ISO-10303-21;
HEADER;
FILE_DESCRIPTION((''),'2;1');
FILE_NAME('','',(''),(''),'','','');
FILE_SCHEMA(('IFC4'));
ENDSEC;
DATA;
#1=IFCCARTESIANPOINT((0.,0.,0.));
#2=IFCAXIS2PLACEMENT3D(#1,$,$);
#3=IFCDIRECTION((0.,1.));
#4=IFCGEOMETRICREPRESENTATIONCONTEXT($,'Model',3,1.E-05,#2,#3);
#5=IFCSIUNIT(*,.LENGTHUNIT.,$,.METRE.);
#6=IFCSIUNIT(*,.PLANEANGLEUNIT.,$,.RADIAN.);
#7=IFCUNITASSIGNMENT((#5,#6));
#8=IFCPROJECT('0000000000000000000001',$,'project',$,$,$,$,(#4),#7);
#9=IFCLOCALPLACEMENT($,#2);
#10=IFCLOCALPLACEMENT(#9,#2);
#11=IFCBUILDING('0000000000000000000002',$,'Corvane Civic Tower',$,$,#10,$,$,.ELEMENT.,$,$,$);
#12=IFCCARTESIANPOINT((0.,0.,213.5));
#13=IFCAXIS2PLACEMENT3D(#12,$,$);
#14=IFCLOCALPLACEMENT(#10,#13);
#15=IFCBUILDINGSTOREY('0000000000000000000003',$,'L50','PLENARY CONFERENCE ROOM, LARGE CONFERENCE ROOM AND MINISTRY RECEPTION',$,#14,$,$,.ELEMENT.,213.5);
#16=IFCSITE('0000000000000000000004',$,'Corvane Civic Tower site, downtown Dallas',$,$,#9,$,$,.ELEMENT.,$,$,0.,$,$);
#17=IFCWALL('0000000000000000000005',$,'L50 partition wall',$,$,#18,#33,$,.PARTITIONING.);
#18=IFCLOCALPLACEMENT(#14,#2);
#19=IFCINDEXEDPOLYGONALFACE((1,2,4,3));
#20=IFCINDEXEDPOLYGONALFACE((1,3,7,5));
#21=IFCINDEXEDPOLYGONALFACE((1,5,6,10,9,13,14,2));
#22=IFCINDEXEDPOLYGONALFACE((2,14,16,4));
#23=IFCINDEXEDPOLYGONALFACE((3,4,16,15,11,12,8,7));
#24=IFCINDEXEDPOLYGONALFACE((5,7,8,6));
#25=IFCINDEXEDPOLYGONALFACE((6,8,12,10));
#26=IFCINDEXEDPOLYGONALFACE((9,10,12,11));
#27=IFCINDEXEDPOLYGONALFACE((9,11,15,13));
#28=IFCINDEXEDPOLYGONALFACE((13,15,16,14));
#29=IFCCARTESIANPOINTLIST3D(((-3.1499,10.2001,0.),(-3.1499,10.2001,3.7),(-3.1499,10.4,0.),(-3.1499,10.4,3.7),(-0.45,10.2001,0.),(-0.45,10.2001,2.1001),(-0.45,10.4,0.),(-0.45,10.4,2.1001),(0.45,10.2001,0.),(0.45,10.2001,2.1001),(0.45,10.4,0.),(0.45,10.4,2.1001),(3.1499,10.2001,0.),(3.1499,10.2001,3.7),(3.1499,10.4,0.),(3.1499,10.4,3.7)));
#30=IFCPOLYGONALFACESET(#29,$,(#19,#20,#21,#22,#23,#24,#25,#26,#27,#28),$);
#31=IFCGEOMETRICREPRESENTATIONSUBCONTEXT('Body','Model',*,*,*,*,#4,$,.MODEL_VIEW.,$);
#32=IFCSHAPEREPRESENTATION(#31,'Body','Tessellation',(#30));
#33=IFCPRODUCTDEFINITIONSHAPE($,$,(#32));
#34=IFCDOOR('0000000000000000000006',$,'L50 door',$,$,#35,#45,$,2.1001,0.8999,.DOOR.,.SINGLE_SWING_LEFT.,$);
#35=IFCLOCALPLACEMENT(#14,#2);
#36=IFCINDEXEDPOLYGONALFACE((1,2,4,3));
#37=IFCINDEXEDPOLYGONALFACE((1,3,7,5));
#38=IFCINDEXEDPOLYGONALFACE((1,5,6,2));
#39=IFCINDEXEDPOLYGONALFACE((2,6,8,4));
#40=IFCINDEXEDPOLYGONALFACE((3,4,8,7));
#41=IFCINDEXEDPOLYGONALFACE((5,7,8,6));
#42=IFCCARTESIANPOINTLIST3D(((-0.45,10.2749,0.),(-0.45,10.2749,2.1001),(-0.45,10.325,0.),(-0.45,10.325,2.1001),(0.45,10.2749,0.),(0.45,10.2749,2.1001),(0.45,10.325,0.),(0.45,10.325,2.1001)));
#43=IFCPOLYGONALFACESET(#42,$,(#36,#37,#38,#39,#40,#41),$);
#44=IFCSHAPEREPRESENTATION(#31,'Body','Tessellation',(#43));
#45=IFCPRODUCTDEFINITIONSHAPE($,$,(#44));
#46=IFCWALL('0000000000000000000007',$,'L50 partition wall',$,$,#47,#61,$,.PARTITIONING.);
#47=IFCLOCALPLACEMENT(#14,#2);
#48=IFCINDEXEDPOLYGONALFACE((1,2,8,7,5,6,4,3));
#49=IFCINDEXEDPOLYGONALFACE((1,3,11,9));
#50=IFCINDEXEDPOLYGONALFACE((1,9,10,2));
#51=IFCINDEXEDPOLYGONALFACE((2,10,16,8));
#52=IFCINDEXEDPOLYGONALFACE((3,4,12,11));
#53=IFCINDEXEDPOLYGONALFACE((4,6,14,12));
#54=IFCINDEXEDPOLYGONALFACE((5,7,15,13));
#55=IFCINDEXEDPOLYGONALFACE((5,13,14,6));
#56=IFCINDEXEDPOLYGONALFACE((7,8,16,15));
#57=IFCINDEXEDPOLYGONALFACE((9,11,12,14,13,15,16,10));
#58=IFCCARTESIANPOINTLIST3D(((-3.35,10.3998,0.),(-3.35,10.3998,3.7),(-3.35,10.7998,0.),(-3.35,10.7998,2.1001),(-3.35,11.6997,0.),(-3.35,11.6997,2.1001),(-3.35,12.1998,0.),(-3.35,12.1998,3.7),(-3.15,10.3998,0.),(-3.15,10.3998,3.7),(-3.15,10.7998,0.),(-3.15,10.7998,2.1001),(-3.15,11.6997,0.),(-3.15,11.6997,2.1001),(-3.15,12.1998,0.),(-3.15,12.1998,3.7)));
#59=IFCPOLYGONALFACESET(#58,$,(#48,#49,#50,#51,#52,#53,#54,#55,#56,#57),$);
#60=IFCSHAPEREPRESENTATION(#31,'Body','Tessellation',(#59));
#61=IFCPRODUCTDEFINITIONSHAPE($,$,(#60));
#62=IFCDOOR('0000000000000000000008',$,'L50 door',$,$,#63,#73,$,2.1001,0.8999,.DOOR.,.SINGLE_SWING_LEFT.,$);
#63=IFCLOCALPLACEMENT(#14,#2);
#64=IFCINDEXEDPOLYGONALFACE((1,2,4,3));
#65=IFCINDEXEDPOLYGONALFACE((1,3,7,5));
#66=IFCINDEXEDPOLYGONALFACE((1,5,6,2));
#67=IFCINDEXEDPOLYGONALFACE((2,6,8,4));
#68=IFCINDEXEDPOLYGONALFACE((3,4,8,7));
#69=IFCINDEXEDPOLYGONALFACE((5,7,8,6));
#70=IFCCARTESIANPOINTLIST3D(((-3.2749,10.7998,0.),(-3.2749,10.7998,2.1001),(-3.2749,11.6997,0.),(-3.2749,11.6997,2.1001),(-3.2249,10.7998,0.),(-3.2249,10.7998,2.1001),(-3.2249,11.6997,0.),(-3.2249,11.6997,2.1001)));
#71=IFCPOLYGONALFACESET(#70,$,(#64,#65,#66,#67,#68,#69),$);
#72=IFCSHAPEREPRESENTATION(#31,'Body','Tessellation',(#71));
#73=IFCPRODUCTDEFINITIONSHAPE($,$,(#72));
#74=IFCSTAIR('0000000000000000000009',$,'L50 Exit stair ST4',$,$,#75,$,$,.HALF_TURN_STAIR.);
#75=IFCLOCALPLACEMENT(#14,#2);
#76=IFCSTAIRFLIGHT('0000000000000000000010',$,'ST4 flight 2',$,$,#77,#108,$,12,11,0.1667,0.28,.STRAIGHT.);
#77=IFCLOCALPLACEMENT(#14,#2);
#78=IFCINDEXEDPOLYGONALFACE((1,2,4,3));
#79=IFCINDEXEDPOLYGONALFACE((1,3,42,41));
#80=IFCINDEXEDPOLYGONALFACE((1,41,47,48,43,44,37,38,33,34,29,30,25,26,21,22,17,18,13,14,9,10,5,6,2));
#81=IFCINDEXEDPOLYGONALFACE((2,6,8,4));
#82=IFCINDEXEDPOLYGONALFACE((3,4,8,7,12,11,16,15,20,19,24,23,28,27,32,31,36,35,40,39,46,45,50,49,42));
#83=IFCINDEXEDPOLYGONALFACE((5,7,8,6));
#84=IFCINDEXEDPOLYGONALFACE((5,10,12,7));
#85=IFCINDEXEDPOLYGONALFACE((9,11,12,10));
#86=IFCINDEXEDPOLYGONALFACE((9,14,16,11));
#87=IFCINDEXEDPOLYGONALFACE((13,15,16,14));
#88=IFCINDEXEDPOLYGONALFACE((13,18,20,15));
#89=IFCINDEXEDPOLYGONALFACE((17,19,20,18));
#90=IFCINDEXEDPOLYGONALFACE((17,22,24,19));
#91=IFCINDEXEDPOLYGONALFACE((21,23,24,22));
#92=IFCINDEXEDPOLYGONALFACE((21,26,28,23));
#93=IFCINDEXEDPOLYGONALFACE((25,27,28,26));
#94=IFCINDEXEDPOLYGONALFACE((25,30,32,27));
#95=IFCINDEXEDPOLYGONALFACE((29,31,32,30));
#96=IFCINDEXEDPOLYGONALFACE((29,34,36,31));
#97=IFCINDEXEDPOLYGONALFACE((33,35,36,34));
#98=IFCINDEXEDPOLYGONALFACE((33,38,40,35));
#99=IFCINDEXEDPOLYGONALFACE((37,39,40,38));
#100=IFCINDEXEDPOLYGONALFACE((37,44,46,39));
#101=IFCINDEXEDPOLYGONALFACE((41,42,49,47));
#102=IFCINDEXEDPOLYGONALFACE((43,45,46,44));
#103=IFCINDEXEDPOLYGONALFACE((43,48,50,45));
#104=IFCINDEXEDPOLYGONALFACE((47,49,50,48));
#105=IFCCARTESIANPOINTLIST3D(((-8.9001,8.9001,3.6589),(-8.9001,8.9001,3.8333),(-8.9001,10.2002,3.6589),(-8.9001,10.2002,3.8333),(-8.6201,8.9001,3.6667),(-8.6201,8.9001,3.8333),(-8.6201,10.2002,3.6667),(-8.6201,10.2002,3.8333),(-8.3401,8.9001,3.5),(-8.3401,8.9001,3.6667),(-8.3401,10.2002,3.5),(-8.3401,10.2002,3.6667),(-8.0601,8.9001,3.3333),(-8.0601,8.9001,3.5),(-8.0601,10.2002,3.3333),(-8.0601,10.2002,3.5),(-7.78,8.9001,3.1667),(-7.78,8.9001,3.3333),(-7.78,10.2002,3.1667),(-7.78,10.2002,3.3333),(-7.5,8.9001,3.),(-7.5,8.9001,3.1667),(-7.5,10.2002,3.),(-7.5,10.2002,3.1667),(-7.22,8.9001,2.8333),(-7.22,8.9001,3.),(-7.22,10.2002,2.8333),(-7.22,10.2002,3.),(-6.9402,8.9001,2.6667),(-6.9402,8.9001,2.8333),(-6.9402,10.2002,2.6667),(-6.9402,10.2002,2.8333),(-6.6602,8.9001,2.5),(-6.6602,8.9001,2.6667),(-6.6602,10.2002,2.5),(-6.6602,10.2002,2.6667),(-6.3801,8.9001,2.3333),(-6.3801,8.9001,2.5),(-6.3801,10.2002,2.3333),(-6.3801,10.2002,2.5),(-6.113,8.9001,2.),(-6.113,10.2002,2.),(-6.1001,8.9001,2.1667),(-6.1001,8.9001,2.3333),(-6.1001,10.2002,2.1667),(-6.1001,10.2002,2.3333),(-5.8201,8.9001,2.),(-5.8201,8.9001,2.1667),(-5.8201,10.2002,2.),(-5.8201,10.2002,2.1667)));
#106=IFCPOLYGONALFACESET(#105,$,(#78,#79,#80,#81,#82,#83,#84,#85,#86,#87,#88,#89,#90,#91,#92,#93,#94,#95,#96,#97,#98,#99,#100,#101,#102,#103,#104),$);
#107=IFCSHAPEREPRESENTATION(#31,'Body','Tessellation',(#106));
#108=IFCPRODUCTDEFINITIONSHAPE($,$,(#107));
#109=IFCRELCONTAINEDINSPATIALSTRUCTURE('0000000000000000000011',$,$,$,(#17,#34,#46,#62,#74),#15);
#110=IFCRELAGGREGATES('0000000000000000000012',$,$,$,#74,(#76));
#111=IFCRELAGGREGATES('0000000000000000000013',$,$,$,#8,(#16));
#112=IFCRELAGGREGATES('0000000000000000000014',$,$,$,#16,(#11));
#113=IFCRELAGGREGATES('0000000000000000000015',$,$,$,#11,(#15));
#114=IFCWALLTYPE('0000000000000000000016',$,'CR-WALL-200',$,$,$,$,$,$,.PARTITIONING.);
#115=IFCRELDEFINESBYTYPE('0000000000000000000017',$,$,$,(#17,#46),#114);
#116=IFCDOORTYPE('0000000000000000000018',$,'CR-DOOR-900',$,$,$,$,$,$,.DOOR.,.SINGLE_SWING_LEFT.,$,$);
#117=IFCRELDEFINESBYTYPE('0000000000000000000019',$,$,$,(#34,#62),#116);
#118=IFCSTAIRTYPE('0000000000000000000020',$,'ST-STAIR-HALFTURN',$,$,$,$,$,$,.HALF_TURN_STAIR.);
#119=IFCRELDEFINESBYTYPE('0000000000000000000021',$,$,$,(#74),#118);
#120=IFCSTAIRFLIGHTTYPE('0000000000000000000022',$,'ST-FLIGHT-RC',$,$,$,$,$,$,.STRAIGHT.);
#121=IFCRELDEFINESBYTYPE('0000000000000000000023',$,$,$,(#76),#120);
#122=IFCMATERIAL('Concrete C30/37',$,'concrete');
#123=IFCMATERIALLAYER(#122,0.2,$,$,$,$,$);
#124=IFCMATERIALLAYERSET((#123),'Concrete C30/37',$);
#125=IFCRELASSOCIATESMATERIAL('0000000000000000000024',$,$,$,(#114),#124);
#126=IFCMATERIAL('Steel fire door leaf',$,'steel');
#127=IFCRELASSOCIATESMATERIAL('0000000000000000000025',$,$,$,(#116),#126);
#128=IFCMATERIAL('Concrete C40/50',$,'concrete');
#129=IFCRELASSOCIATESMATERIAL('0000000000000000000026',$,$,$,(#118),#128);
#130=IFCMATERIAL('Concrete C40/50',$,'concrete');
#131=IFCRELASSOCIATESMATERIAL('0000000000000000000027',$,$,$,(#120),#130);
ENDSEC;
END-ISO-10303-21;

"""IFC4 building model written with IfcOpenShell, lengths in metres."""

from ifc_helpers import new_model, si_unit, direction, frame, frame_2d, origin, place, context, subcontext, project, spatial, polyline, rectangle, outline, extrude, material, layer, layer_set, type_object, element, fill, aggregate, save


model = new_model("IFC4")

# Units and contexts
model_context = context("Model", 3, precision=1e-05, world=origin(), true_north=direction((0.0, 1.0)))
body_context = subcontext(model_context, "Body", "Model", "MODEL_VIEW")
ifc_project = project(units=[si_unit("LENGTHUNIT", "METRE"), si_unit("PLANEANGLEUNIT", "RADIAN")], contexts=[model_context])

# Site, building, storey
site_placement = place(None, origin())
site = spatial("IfcSite", under=ifc_project, at=site_placement, Name="Corvane Civic Tower site, downtown Dallas", CompositionType="ELEMENT", RefElevation=0.0)
building_placement = place(site_placement, origin())
building = spatial("IfcBuilding", under=site, at=building_placement, Name="Corvane Civic Tower", CompositionType="ELEMENT")
storey_placement = place(building_placement, frame((0.0, 0.0, 213.5)))
storey = spatial("IfcBuildingStorey", under=building, at=storey_placement, Name="L50", Description="PLENARY CONFERENCE ROOM, LARGE CONFERENCE ROOM AND MINISTRY RECEPTION", CompositionType="ELEMENT", Elevation=213.5)

# Walls, openings, doors
ifc_material_1 = material(Name="Concrete C30/37", Category="concrete")
ifc_layer_1 = layer(ifc_material_1, 0.2)
ifc_layer_set_1 = layer_set([ifc_layer_1], Name="Concrete C30/37")
wall_type = type_object("IfcWallType", Name="CR-WALL-200", PredefinedType="PARTITIONING", material=ifc_layer_set_1)
ifc_material_2 = material(Name="Steel fire door leaf", Category="steel")
door_type = type_object("IfcDoorType", Name="CR-DOOR-900", OperationType="SINGLE_SWING_LEFT", PredefinedType="DOOR", material=ifc_material_2)
wall_1_placement = place(storey_placement, frame((-3.1499, 10.3, 0.0), z_axis=(0.0, 0.0, 1.0), x_axis=(1.0, 0.0, 0.0)))
wall_1 = element("IfcWall", 1, at=wall_1_placement, inside=storey, type_object=wall_type, Name="L50 partition wall", PredefinedType="PARTITIONING", context=body_context, shape_type="SweptSolid", body=[
    extrude(rectangle(XDim=6.2998, YDim=0.2, at=frame_2d((3.1499, 0.0))), origin(), (0.0, 0.0, 1.0), 3.7),
])
opening_1_placement = place(wall_1_placement, frame((2.7, 0.0, 0.0)))
opening_1 = element("IfcOpeningElement", 2, at=opening_1_placement, cuts=wall_1, PredefinedType="OPENING", context=body_context, shape_type="SweptSolid", body=[
    extrude(rectangle(XDim=0.8999, YDim=2.1001, at=frame_2d((0.45, 1.05))), frame((0.0, 0.1099, 0.0), z_axis=(0.0, -1.0, 0.0), x_axis=(1.0, 0.0, 0.0)), (0.0, 0.0, 1.0), 0.22),
])
door_1_placement = place(opening_1_placement, origin())
door_1 = element("IfcDoor", 3, at=door_1_placement, inside=storey, type_object=door_type, Name="L50 door", OperationType="SINGLE_SWING_LEFT", OverallHeight=2.1001, OverallWidth=0.8999, PredefinedType="DOOR", context=body_context, shape_type="SweptSolid", body=[
    extrude(rectangle(XDim=0.8999, YDim=2.1001, at=frame_2d((0.45, 1.05))), frame((0.0, 0.0249, 0.0), z_axis=(0.0, -1.0, 0.0), x_axis=(1.0, 0.0, 0.0)), (0.0, 0.0, 1.0), 0.05),
])
fill(opening_1, door_1)
wall_2_placement = place(storey_placement, frame((-3.25, 10.3999, 0.0), z_axis=(0.0, 0.0, 1.0), x_axis=(0.0, 1.0, 0.0)))
wall_2 = element("IfcWall", 4, at=wall_2_placement, inside=storey, type_object=wall_type, Name="L50 partition wall", PredefinedType="PARTITIONING", context=body_context, shape_type="SweptSolid", body=[
    extrude(rectangle(XDim=1.8, YDim=0.2, at=frame_2d((0.8999, 0.0))), origin(), (0.0, 0.0, 1.0), 3.7),
])
opening_2_placement = place(wall_2_placement, frame((0.3999, 0.0, 0.0)))
opening_2 = element("IfcOpeningElement", 5, at=opening_2_placement, cuts=wall_2, PredefinedType="OPENING", context=body_context, shape_type="SweptSolid", body=[
    extrude(rectangle(XDim=0.8999, YDim=2.1001, at=frame_2d((0.45, 1.05))), frame((0.0, 0.1099, 0.0), z_axis=(0.0, -1.0, 0.0), x_axis=(1.0, 0.0, 0.0)), (0.0, 0.0, 1.0), 0.22),
])
door_2_placement = place(opening_2_placement, origin())
door_2 = element("IfcDoor", 6, at=door_2_placement, inside=storey, type_object=door_type, Name="L50 door", OperationType="SINGLE_SWING_LEFT", OverallHeight=2.1001, OverallWidth=0.8999, PredefinedType="DOOR", context=body_context, shape_type="SweptSolid", body=[
    extrude(rectangle(XDim=0.8999, YDim=2.1001, at=frame_2d((0.45, 1.05))), frame((0.0, 0.0249, 0.0), z_axis=(0.0, -1.0, 0.0), x_axis=(1.0, 0.0, 0.0)), (0.0, 0.0, 1.0), 0.05),
])
fill(opening_2, door_2)

# Stair, stair flight
ifc_material_3 = material(Name="Concrete C40/50", Category="concrete")
stair_type = type_object("IfcStairType", Name="ST-STAIR-HALFTURN", PredefinedType="HALF_TURN_STAIR", material=ifc_material_3)
stair_placement = place(storey_placement, origin())
stair = element("IfcStair", 7, at=stair_placement, inside=storey, type_object=stair_type, Name="L50 Exit stair ST4", PredefinedType="HALF_TURN_STAIR")
ifc_material_4 = material(Name="Concrete C40/50", Category="concrete")
stair_flight_type = type_object("IfcStairFlightType", Name="ST-FLIGHT-RC", PredefinedType="STRAIGHT", material=ifc_material_4)
stair_flight_placement = place(storey_placement, frame((-5.8201, 9.55, 2.0), z_axis=(0.0, 0.0, 1.0), x_axis=(-1.0, 0.0, 0.0)))
stair_flight = element("IfcStairFlight", 8, at=stair_flight_placement, type_object=stair_flight_type, Name="ST4 flight 2", NumberOfRisers=12, NumberOfTreads=11, PredefinedType="STRAIGHT", RiserHeight=0.1667, TreadLength=0.28, context=body_context, shape_type="SweptSolid", body=[
    extrude(outline(polyline([(0.0, 0.0), (0.0, 0.1667), (0.28, 0.1667), (0.28, 0.3333), (0.5601, 0.3333), (0.5601, 0.5), (0.8401, 0.5), (0.8401, 0.6667), (1.1201, 0.6667), (1.1201, 0.8333), (1.3999, 0.8333), (1.3999, 1.0), (1.6799, 1.0), (1.6799, 1.1667), (1.96, 1.1667), (1.96, 1.3333), (2.24, 1.3333), (2.24, 1.5), (2.52, 1.5), (2.52, 1.6667), (2.8, 1.6667), (2.8, 1.8333), (3.0801, 1.8333), (3.0801, 2.0), (3.0801, 1.6589), (0.293, 0.0), (0.0, 0.0)])), frame((0.0, 0.6499, 0.0), z_axis=(0.0, -1.0, 0.0), x_axis=(1.0, 0.0, 0.0)), (0.0, 0.0, 1.0), 1.3),
])
aggregate(stair, [stair_flight])

save(model, "model.ifc")
